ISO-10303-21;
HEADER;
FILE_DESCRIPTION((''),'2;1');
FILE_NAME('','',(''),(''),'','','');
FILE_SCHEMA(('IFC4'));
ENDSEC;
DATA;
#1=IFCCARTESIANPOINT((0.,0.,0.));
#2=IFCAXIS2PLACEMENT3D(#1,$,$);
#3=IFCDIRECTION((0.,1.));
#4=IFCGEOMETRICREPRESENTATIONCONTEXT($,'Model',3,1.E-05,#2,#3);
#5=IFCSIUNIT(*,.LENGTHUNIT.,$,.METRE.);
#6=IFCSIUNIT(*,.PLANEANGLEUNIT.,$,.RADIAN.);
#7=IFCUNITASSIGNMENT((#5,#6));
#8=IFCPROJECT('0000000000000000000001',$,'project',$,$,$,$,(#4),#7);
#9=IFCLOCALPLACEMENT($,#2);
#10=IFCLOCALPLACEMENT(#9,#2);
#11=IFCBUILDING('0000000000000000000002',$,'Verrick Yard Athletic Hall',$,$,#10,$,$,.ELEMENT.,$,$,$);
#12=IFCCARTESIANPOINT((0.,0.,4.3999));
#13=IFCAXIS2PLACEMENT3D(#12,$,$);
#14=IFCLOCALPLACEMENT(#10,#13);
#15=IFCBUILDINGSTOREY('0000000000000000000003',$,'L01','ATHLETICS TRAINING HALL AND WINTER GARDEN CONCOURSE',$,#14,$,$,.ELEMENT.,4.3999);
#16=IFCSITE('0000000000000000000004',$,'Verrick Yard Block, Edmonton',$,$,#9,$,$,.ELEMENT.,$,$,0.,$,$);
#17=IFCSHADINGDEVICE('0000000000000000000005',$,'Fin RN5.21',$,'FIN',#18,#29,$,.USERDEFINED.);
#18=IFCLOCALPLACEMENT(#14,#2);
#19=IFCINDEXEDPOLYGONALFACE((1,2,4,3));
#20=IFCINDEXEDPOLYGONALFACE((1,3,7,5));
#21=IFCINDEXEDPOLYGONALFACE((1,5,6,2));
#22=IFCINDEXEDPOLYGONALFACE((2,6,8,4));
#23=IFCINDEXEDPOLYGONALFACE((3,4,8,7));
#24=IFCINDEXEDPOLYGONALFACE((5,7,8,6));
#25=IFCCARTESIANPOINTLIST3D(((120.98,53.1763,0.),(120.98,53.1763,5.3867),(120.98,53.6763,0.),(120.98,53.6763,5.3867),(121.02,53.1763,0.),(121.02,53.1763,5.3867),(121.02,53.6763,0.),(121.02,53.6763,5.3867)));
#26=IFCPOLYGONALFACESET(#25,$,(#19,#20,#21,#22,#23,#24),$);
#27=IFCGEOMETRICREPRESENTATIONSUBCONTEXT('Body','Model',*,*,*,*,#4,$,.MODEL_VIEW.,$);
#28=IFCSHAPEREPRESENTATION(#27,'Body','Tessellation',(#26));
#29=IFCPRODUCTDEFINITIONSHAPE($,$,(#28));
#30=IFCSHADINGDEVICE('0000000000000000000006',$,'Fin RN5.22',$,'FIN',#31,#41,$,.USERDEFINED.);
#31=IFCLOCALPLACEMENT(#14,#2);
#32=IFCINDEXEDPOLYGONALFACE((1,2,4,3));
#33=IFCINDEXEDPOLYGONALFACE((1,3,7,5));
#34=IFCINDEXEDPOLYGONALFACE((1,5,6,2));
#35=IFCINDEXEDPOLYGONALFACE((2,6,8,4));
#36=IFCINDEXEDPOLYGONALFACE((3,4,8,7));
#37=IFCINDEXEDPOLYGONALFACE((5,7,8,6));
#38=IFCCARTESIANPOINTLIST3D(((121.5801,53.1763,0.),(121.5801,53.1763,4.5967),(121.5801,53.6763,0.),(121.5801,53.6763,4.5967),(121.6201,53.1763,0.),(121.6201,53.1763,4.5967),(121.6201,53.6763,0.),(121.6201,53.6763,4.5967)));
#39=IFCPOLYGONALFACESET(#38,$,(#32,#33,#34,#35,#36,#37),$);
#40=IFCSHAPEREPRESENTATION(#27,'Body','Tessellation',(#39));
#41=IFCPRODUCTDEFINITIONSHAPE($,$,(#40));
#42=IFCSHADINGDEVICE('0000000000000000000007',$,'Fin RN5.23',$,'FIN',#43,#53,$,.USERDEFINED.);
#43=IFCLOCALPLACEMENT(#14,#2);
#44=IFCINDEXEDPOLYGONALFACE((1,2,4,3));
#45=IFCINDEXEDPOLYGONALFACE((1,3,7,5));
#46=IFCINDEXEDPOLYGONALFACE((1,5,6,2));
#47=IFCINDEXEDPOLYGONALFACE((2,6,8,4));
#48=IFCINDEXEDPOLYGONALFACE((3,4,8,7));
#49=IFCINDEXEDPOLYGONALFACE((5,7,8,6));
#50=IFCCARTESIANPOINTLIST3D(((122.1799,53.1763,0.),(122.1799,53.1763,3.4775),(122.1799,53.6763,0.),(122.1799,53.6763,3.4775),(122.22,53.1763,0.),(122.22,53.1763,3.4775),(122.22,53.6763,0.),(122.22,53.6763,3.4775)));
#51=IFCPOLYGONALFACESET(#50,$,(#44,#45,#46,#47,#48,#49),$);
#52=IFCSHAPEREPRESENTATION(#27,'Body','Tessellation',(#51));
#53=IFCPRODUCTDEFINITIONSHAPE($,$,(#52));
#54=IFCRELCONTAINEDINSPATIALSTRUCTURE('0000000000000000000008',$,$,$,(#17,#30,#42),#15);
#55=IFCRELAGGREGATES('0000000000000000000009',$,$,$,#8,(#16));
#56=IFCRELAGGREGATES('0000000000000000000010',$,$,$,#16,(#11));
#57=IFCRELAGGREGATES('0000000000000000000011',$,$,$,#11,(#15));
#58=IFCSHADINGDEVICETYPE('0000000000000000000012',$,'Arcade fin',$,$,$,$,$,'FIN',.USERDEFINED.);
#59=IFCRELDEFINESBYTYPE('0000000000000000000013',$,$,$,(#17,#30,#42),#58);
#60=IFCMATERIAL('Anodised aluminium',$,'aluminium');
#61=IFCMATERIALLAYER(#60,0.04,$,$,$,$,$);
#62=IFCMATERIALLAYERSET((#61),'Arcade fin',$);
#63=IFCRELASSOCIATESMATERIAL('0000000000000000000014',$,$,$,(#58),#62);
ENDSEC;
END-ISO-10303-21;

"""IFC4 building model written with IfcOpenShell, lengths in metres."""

from ifc_helpers import new_model, si_unit, direction, frame, origin, place, context, subcontext, project, spatial, polyline, outline, extrude, material, layer, layer_set, type_object, element, save


model = new_model("IFC4")

# Units and contexts
model_context = context("Model", 3, precision=1e-05, world=origin(), true_north=direction((0.0, 1.0)))
body_context = subcontext(model_context, "Body", "Model", "MODEL_VIEW")
ifc_project = project(units=[si_unit("LENGTHUNIT", "METRE"), si_unit("PLANEANGLEUNIT", "RADIAN")], contexts=[model_context])

# Site, building, storey
site_placement = place(None, origin())
site = spatial("IfcSite", under=ifc_project, at=site_placement, Name="Verrick Yard Block, Edmonton", CompositionType="ELEMENT", RefElevation=0.0)
building_placement = place(site_placement, origin())
building = spatial("IfcBuilding", under=site, at=building_placement, Name="Verrick Yard Athletic Hall", CompositionType="ELEMENT")
storey_placement = place(building_placement, frame((0.0, 0.0, 4.3999)))
storey = spatial("IfcBuildingStorey", under=building, at=storey_placement, Name="L01", Description="ATHLETICS TRAINING HALL AND WINTER GARDEN CONCOURSE", CompositionType="ELEMENT", Elevation=4.3999)

# Shading devices
ifc_material_1 = material(Name="Anodised aluminium", Category="aluminium")
ifc_layer_1 = layer(ifc_material_1, 0.04)
ifc_layer_set_1 = layer_set([ifc_layer_1], Name="Arcade fin")
shading_device_type = type_object("IfcShadingDeviceType", Name="Arcade fin", ElementType="FIN", PredefinedType="USERDEFINED", material=ifc_layer_set_1)
shading_device_1_placement = place(storey_placement, frame((121.0, 53.1763, 0.0), z_axis=(0.0, 0.0, 1.0), x_axis=(0.0, 1.0, 0.0)))
element("IfcShadingDevice", 1, at=shading_device_1_placement, inside=storey, type_object=shading_device_type, Name="Fin RN5.21", ObjectType="FIN", PredefinedType="USERDEFINED", context=body_context, shape_type="SweptSolid", body=[
    extrude(outline(polyline([(0.0, 0.0), (0.5, 0.0), (0.5, 5.3867), (0.0, 5.3867), (0.0, 0.0)])), frame((0.0, 0.02, 0.0), z_axis=(0.0, -1.0, 0.0), x_axis=(1.0, 0.0, 0.0)), (0.0, 0.0, 1.0), 0.04),
])
shading_device_2_placement = place(storey_placement, frame((121.6001, 53.1763, 0.0), z_axis=(0.0, 0.0, 1.0), x_axis=(0.0, 1.0, 0.0)))
element("IfcShadingDevice", 2, at=shading_device_2_placement, inside=storey, type_object=shading_device_type, Name="Fin RN5.22", ObjectType="FIN", PredefinedType="USERDEFINED", context=body_context, shape_type="SweptSolid", body=[
    extrude(outline(polyline([(0.0, 0.0), (0.5, 0.0), (0.5, 4.5967), (0.0, 4.5967), (0.0, 0.0)])), frame((0.0, 0.02, 0.0), z_axis=(0.0, -1.0, 0.0), x_axis=(1.0, 0.0, 0.0)), (0.0, 0.0, 1.0), 0.04),
])
shading_device_3_placement = place(storey_placement, frame((122.2, 53.1763, 0.0), z_axis=(0.0, 0.0, 1.0), x_axis=(0.0, 1.0, 0.0)))
element("IfcShadingDevice", 3, at=shading_device_3_placement, inside=storey, type_object=shading_device_type, Name="Fin RN5.23", ObjectType="FIN", PredefinedType="USERDEFINED", context=body_context, shape_type="SweptSolid", body=[
    extrude(outline(polyline([(0.0, 0.0), (0.5, 0.0), (0.5, 3.4775), (0.0, 3.4775), (0.0, 0.0)])), frame((0.0, 0.02, 0.0), z_axis=(0.0, -1.0, 0.0), x_axis=(1.0, 0.0, 0.0)), (0.0, 0.0, 1.0), 0.04),
])

save(model, "model.ifc")
